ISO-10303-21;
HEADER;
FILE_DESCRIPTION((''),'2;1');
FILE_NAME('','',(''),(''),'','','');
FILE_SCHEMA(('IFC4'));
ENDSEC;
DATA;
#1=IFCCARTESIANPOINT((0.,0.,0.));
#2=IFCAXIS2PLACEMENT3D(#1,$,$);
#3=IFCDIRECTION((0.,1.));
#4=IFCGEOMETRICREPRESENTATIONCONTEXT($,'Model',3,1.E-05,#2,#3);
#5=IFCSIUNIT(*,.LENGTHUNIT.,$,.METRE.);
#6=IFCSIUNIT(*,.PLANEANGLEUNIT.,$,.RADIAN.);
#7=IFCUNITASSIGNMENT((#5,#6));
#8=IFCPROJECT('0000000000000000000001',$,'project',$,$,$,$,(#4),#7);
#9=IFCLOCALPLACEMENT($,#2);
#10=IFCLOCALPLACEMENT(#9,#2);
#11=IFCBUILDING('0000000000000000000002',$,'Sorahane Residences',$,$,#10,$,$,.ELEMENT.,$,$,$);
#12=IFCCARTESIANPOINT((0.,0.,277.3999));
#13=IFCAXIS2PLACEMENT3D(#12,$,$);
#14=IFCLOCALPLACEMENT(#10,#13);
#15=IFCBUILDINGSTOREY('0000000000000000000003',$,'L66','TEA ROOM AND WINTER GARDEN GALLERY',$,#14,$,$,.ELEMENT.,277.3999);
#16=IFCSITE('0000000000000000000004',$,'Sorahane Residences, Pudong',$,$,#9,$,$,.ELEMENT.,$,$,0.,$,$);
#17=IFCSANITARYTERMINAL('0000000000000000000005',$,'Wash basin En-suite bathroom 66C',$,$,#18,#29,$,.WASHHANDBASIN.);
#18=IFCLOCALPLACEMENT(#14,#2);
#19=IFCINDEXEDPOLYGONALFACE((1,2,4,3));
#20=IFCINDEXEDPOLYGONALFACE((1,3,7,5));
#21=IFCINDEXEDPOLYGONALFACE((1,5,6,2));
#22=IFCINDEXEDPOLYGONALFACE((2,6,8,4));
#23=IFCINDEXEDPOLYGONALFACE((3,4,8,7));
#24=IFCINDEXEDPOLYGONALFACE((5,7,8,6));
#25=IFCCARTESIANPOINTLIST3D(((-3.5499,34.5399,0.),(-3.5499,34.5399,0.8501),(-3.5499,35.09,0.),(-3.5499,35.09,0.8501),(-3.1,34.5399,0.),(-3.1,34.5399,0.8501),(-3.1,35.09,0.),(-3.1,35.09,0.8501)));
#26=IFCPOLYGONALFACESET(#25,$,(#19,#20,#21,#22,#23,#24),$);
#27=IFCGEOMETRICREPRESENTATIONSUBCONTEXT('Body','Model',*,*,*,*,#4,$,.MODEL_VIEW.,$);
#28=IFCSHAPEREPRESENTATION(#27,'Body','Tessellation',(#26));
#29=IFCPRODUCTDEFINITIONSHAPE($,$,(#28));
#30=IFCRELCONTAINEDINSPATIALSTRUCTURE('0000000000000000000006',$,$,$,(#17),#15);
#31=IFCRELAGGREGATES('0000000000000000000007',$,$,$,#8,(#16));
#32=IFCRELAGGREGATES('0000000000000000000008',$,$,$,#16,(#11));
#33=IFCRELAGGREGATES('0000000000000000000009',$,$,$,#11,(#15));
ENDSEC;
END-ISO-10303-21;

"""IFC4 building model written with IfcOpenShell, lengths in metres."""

from ifc_helpers import new_model, si_unit, direction, frame, origin, origin_2d, place, context, subcontext, project, spatial, rectangle, extrude, element, save


model = new_model("IFC4")

# Units and contexts
model_context = context("Model", 3, precision=1e-05, world=origin(), true_north=direction((0.0, 1.0)))
body_context = subcontext(model_context, "Body", "Model", "MODEL_VIEW")
ifc_project = project(units=[si_unit("LENGTHUNIT", "METRE"), si_unit("PLANEANGLEUNIT", "RADIAN")], contexts=[model_context])

# Site, building, storey
site_placement = place(None, origin())
site = spatial("IfcSite", under=ifc_project, at=site_placement, Name="Sorahane Residences, Pudong", CompositionType="ELEMENT", RefElevation=0.0)
building_placement = place(site_placement, origin())
building = spatial("IfcBuilding", under=site, at=building_placement, Name="Sorahane Residences", CompositionType="ELEMENT")
storey_placement = place(building_placement, frame((0.0, 0.0, 277.3999)))
storey = spatial("IfcBuildingStorey", under=building, at=storey_placement, Name="L66", Description="TEA ROOM AND WINTER GARDEN GALLERY", CompositionType="ELEMENT", Elevation=277.3999)

# Sanitary terminal
sanitary_terminal_1_placement = place(storey_placement, frame((-3.325, 34.8149, 0.0), z_axis=(0.0, 0.0, 1.0), x_axis=(0.0, -1.0, 0.0)))
element("IfcSanitaryTerminal", 1, at=sanitary_terminal_1_placement, inside=storey, Name="Wash basin En-suite bathroom 66C", PredefinedType="WASHHANDBASIN", context=body_context, shape_type="SweptSolid", body=[
    extrude(rectangle(XDim=0.55, YDim=0.45, at=origin_2d()), origin(), (0.0, 0.0, 1.0), 0.8501),
])

save(model, "model.ifc")
